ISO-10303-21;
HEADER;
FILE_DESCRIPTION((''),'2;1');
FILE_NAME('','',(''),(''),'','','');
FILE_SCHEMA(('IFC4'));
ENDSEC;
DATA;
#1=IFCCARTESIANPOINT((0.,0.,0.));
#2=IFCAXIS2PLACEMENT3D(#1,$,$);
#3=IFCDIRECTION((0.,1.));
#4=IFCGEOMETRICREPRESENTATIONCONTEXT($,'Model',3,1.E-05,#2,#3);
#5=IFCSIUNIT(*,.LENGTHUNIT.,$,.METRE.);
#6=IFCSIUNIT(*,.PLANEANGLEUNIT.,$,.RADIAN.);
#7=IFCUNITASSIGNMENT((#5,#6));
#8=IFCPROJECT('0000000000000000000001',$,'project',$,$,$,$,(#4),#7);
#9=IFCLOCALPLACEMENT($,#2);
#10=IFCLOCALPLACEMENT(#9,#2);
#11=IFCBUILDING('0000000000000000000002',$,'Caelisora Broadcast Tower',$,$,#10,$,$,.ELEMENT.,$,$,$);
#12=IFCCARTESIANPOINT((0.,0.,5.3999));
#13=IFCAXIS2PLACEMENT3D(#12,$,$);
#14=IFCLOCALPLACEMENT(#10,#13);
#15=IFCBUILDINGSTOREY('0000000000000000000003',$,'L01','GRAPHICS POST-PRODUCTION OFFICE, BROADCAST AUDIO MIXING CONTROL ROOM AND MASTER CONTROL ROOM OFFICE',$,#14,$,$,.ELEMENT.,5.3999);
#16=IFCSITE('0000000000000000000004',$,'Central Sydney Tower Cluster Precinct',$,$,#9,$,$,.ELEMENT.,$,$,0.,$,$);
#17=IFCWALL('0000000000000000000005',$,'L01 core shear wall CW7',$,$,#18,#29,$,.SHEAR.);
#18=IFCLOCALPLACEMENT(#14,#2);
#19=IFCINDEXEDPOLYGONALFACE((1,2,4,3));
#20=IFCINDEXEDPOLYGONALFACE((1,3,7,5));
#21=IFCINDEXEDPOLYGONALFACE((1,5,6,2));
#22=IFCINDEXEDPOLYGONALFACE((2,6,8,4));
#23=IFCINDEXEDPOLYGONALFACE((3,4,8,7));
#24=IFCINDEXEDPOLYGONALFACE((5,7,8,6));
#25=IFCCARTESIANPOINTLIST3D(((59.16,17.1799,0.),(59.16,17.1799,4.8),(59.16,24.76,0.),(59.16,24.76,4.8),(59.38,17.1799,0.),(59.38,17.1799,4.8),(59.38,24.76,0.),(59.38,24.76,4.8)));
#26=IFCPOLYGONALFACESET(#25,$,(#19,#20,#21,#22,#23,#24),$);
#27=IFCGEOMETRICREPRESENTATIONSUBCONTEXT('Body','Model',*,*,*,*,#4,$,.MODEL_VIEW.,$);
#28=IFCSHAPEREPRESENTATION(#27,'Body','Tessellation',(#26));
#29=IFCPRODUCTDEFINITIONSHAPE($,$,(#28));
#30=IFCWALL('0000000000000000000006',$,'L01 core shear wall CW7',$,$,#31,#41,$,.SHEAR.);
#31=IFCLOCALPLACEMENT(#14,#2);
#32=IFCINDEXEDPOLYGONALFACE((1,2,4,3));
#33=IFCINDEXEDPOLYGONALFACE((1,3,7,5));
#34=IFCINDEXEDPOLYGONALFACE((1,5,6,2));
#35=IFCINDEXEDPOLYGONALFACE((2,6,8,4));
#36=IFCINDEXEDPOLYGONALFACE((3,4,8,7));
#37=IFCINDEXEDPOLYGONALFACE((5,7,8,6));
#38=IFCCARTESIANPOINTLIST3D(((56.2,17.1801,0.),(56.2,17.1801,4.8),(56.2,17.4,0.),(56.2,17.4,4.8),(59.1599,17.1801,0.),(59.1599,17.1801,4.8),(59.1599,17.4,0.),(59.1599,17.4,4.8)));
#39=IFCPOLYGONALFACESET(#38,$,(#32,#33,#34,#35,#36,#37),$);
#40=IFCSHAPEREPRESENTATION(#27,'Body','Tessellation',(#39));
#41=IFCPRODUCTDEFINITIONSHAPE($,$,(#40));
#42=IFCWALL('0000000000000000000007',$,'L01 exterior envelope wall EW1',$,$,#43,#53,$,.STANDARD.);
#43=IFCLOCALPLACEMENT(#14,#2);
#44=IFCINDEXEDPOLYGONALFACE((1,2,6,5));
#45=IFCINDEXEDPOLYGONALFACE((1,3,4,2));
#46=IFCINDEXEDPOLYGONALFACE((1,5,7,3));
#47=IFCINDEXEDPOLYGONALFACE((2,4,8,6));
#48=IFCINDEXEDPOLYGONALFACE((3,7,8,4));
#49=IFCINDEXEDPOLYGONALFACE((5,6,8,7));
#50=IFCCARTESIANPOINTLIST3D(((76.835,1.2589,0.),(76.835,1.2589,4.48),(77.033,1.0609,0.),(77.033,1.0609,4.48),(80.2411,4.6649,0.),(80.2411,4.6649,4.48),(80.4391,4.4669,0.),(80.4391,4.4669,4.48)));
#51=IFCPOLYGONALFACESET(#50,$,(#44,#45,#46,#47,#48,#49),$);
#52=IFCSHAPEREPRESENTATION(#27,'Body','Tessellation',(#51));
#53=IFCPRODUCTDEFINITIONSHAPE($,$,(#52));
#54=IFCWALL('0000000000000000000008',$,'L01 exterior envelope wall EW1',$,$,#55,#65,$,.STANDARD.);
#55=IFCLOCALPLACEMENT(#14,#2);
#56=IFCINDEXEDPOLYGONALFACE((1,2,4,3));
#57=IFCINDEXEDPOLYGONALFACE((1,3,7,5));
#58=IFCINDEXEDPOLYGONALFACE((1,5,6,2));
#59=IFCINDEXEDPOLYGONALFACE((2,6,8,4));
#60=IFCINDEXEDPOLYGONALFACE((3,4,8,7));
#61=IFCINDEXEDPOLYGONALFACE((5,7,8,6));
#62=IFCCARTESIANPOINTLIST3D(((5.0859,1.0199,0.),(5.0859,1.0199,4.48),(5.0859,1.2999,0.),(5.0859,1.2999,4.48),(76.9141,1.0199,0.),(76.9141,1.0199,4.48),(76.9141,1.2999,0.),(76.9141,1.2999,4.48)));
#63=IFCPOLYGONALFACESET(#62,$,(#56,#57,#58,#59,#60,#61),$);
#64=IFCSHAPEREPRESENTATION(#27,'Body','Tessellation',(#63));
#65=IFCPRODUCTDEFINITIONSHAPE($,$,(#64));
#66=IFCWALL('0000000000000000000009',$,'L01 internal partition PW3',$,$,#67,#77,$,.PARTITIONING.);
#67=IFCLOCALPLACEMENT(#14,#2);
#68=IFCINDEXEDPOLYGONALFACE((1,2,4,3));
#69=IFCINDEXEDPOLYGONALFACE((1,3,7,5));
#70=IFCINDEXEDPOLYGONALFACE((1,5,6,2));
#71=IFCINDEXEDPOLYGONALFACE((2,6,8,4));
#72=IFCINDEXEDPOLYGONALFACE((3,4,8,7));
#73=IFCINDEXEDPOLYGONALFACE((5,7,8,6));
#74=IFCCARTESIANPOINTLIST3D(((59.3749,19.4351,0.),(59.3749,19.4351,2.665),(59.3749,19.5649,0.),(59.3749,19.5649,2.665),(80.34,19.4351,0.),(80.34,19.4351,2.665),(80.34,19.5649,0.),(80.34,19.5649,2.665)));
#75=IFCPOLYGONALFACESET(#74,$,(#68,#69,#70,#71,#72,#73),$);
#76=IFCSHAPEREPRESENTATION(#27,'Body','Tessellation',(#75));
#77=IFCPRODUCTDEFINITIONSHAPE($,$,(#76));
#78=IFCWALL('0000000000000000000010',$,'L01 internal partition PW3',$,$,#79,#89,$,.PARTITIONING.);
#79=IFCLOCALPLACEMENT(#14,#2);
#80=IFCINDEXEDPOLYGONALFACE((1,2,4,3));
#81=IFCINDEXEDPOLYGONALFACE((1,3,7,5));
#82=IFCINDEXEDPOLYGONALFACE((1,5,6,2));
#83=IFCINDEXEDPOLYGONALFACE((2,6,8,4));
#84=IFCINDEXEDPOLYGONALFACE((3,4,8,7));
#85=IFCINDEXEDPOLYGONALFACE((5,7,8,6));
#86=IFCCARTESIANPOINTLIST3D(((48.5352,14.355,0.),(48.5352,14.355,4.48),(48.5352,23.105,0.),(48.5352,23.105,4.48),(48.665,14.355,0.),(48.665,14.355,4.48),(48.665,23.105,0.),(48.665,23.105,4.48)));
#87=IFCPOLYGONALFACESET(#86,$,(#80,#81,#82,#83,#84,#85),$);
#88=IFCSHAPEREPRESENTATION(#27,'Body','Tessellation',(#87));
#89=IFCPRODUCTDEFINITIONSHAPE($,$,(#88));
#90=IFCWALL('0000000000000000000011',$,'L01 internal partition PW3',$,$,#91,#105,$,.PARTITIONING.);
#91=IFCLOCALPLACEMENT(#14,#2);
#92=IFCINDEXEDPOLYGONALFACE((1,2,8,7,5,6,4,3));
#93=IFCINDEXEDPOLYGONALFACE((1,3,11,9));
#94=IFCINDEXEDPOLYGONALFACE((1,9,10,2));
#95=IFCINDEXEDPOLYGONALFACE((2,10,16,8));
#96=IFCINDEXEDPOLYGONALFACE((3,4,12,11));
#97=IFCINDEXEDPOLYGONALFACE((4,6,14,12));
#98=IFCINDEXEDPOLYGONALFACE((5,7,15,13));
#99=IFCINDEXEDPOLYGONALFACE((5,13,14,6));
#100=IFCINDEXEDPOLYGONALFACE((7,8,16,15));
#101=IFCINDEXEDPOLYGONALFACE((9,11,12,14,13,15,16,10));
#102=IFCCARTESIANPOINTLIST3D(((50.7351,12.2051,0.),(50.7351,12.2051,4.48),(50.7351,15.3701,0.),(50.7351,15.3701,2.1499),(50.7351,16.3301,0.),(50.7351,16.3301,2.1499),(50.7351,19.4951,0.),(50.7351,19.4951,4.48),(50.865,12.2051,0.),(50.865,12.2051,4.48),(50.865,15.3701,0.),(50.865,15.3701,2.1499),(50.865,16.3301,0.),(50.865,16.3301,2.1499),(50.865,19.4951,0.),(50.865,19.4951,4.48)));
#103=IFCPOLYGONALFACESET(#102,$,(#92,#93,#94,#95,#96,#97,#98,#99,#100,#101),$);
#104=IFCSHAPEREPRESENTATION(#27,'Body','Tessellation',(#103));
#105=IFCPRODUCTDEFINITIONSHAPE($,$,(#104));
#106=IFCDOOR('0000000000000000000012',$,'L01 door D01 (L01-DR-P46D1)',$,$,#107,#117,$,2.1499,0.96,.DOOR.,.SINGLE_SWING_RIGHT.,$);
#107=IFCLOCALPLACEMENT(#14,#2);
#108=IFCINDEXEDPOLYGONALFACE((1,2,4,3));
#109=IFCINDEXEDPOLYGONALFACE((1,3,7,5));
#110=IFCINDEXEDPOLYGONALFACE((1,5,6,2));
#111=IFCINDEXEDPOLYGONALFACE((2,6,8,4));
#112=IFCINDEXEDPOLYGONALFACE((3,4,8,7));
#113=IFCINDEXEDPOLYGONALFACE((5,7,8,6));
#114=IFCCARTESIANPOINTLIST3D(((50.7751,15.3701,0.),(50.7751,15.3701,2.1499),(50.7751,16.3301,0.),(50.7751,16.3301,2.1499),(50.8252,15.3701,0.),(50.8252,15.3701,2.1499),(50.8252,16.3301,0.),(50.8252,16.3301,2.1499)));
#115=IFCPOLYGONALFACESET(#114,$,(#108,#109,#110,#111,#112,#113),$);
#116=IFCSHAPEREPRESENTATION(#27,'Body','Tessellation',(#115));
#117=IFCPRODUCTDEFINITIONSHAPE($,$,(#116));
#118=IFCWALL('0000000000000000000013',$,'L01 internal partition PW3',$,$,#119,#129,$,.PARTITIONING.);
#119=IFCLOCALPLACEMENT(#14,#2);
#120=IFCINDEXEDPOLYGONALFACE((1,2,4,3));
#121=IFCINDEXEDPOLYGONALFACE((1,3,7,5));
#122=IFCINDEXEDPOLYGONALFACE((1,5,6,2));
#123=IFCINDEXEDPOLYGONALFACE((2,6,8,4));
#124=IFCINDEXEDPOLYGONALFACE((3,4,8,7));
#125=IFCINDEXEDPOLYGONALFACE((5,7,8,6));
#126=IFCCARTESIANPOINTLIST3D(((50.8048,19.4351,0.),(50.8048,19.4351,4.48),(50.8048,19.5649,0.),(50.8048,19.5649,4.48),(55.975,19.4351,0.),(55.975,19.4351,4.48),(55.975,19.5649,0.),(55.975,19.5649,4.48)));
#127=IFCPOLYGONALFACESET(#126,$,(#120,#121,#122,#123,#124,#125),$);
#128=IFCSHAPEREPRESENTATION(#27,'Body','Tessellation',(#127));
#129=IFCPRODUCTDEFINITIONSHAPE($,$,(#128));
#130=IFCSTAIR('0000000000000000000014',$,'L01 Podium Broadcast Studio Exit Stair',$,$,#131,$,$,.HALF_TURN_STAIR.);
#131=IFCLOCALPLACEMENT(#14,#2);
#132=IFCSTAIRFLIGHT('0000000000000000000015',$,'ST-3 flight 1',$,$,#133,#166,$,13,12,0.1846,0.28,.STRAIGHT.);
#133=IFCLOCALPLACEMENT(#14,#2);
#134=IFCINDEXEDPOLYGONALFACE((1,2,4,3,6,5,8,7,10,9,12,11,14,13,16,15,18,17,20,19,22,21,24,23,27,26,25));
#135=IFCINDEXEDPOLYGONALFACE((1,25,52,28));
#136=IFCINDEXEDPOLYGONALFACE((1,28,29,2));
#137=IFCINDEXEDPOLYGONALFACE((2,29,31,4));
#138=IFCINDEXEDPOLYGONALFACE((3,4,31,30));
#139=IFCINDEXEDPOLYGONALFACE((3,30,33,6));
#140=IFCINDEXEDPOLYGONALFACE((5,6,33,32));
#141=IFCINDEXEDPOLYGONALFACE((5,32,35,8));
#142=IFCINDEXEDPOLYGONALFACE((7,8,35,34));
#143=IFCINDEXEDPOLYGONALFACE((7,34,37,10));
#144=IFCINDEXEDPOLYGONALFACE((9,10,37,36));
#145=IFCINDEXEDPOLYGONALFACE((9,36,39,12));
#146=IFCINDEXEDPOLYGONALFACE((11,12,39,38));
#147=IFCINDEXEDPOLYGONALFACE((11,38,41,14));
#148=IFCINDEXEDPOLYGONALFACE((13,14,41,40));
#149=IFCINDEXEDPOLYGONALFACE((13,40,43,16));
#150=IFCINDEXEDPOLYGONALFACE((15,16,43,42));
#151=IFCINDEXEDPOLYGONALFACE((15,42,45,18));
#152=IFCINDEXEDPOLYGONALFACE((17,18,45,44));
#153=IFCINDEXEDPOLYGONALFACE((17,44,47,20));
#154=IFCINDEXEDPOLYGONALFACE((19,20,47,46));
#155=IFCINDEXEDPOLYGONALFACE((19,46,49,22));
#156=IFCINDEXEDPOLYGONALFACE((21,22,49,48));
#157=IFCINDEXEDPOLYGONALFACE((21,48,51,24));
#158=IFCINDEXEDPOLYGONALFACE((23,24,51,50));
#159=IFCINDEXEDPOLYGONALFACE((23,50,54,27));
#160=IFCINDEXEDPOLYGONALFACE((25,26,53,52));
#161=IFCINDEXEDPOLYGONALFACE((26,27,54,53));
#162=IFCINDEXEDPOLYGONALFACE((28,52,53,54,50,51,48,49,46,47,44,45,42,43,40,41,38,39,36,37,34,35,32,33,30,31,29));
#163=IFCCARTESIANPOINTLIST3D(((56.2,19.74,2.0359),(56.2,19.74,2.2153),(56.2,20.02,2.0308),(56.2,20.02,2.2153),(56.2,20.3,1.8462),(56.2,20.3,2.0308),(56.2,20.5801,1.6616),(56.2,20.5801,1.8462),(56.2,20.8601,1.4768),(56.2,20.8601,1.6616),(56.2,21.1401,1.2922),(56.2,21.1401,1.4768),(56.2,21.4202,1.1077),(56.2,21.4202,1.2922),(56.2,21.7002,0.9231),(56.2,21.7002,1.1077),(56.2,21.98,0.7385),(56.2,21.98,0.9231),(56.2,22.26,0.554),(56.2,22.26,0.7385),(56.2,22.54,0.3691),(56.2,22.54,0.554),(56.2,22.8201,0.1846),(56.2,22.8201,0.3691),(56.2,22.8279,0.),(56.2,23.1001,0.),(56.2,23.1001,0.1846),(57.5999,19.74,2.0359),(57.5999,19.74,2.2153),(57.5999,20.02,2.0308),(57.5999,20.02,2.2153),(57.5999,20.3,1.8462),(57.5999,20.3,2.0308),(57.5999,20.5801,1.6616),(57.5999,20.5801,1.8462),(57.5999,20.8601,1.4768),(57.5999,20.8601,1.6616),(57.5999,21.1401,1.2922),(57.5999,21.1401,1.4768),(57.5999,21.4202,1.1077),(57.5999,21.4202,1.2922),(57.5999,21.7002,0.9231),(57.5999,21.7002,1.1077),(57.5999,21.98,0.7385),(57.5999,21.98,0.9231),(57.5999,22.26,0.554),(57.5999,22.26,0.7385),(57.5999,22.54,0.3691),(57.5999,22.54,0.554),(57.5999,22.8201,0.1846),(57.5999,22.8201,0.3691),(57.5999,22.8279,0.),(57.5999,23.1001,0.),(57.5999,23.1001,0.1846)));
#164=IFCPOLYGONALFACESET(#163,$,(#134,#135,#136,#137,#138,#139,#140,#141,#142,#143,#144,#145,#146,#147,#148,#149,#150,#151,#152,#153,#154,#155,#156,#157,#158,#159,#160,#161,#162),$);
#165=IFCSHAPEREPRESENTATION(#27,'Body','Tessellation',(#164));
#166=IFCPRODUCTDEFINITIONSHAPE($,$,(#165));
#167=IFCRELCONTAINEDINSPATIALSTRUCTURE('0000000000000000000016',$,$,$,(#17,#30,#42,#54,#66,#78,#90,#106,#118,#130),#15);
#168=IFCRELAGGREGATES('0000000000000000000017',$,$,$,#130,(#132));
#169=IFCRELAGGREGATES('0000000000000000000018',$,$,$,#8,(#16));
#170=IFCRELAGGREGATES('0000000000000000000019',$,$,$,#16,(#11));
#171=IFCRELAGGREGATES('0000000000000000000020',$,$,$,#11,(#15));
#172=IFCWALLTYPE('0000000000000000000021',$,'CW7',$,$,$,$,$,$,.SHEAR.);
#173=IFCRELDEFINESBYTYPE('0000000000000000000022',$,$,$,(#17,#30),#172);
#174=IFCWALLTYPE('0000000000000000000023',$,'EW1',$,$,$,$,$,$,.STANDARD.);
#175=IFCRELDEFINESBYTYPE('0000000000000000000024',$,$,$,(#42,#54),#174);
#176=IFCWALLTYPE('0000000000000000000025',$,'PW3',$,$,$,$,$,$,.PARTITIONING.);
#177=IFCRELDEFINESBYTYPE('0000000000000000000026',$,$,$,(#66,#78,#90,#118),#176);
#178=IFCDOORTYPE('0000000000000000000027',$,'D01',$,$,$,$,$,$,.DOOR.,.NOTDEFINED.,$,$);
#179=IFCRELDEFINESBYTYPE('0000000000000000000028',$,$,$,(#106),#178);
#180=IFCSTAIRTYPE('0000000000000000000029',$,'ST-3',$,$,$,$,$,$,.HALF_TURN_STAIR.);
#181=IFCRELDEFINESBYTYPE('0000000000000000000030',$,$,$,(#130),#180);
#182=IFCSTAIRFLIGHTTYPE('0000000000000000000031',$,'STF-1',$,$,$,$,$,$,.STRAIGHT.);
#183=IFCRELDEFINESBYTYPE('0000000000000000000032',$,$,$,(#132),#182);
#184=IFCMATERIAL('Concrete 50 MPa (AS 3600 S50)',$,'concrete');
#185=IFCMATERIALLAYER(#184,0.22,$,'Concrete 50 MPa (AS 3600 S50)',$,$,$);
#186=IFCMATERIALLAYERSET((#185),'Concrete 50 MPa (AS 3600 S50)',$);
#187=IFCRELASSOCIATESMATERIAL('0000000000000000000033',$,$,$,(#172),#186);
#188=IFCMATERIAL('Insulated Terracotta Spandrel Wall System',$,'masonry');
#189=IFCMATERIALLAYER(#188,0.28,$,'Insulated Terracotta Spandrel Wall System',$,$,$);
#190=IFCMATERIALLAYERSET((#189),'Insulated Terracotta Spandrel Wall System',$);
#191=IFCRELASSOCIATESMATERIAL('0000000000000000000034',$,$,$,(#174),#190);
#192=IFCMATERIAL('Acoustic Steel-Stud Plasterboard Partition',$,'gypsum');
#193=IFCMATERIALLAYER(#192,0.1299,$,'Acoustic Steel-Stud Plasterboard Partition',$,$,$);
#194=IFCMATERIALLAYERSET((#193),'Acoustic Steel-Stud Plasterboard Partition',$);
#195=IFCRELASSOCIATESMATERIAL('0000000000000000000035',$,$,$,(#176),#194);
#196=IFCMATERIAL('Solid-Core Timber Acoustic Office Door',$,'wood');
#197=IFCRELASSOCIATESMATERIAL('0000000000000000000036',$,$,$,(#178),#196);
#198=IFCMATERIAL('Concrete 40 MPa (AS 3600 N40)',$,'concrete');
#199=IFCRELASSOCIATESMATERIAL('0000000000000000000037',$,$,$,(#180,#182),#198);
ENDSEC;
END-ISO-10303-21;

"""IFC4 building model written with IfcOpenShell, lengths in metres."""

from ifc_helpers import new_model, si_unit, direction, frame, frame_2d, origin, place, context, subcontext, project, spatial, polyline, rectangle, outline, extrude, material, layer, layer_set, type_object, element, fill, aggregate, save


model = new_model("IFC4")

# Units and contexts
model_context = context("Model", 3, precision=1e-05, world=origin(), true_north=direction((0.0, 1.0)))
body_context = subcontext(model_context, "Body", "Model", "MODEL_VIEW")
ifc_project = project(units=[si_unit("LENGTHUNIT", "METRE"), si_unit("PLANEANGLEUNIT", "RADIAN")], contexts=[model_context])

# Site, building, storey
site_placement = place(None, origin())
site = spatial("IfcSite", under=ifc_project, at=site_placement, Name="Central Sydney Tower Cluster Precinct", CompositionType="ELEMENT", RefElevation=0.0)
building_placement = place(site_placement, origin())
building = spatial("IfcBuilding", under=site, at=building_placement, Name="Caelisora Broadcast Tower", CompositionType="ELEMENT")
storey_placement = place(building_placement, frame((0.0, 0.0, 5.3999)))
storey = spatial("IfcBuildingStorey", under=building, at=storey_placement, Name="L01", Description="GRAPHICS POST-PRODUCTION OFFICE, BROADCAST AUDIO MIXING CONTROL ROOM AND MASTER CONTROL ROOM OFFICE", CompositionType="ELEMENT", Elevation=5.3999)

# Walls
ifc_material_1 = material(Name="Concrete 50 MPa (AS 3600 S50)", Category="concrete")
ifc_layer_1 = layer(ifc_material_1, 0.22, Name="Concrete 50 MPa (AS 3600 S50)")
ifc_layer_set_1 = layer_set([ifc_layer_1], Name="Concrete 50 MPa (AS 3600 S50)")
wall_type_1 = type_object("IfcWallType", Name="CW7", PredefinedType="SHEAR", material=ifc_layer_set_1)
for number, where, z_axis, x_axis, name in (
    (1, (59.27, 17.1799, 0.0), (0.0, 0.0, 1.0), (0.0, 1.0, 0.0), "L01 core shear wall CW7"),
):
    element("IfcWall", number, at=place(storey_placement, frame(where, z_axis=z_axis, x_axis=x_axis)), inside=storey, type_object=wall_type_1, Name=name, PredefinedType="SHEAR", context=body_context, shape_type="SweptSolid", body=[
        extrude(rectangle(XDim=7.5801, YDim=0.22, at=frame_2d((3.79, 0.0))), origin(), (0.0, 0.0, 1.0), 4.8),
    ])
wall_1_placement = place(storey_placement, frame((56.2, 17.29, 0.0), z_axis=(0.0, 0.0, 1.0), x_axis=(1.0, 0.0, 0.0)))
element("IfcWall", 2, at=wall_1_placement, inside=storey, type_object=wall_type_1, Name="L01 core shear wall CW7", PredefinedType="SHEAR", context=body_context, shape_type="SweptSolid", body=[
    extrude(rectangle(XDim=2.96, YDim=0.22, at=frame_2d((1.48, 0.0))), origin(), (0.0, 0.0, 1.0), 4.8),
])
ifc_material_2 = material(Name="Insulated Terracotta Spandrel Wall System", Category="masonry")
ifc_layer_2 = layer(ifc_material_2, 0.28, Name="Insulated Terracotta Spandrel Wall System")
ifc_layer_set_2 = layer_set([ifc_layer_2], Name="Insulated Terracotta Spandrel Wall System")
wall_type_2 = type_object("IfcWallType", Name="EW1", PredefinedType="STANDARD", material=ifc_layer_set_2)
wall_2_placement = place(storey_placement, frame((80.3401, 4.5659, 0.0), z_axis=(0.0, 0.0, 1.0), x_axis=(-0.707107, -0.707107, 0.0)))
element("IfcWall", 3, at=wall_2_placement, inside=storey, type_object=wall_type_2, Name="L01 exterior envelope wall EW1", PredefinedType="STANDARD", context=body_context, shape_type="SweptSolid", body=[
    extrude(rectangle(XDim=4.8169, YDim=0.28, at=frame_2d((2.4084, 0.0))), origin(), (0.0, 0.0, 1.0), 4.48),
])
wall_3_placement = place(storey_placement, frame((76.9141, 1.1599, 0.0), z_axis=(0.0, 0.0, 1.0), x_axis=(-1.0, 0.0, 0.0)))
element("IfcWall", 4, at=wall_3_placement, inside=storey, type_object=wall_type_2, Name="L01 exterior envelope wall EW1", PredefinedType="STANDARD", context=body_context, shape_type="SweptSolid", body=[
    extrude(rectangle(XDim=71.8281, YDim=0.28, at=frame_2d((35.9141, 0.0))), origin(), (0.0, 0.0, 1.0), 4.48),
])
ifc_material_3 = material(Name="Acoustic Steel-Stud Plasterboard Partition", Category="gypsum")
ifc_layer_3 = layer(ifc_material_3, 0.1299, Name="Acoustic Steel-Stud Plasterboard Partition")
ifc_layer_set_3 = layer_set([ifc_layer_3], Name="Acoustic Steel-Stud Plasterboard Partition")
wall_type_3 = type_object("IfcWallType", Name="PW3", PredefinedType="PARTITIONING", material=ifc_layer_set_3)
wall_4_placement = place(storey_placement, frame((59.375, 19.5, 0.0), z_axis=(0.0, 0.0, 1.0), x_axis=(1.0, 0.0, 0.0)))
element("IfcWall", 5, at=wall_4_placement, inside=storey, type_object=wall_type_3, Name="L01 internal partition PW3", PredefinedType="PARTITIONING", context=body_context, shape_type="SweptSolid", body=[
    extrude(rectangle(XDim=20.9651, YDim=0.1299, at=frame_2d((10.4824, 0.0))), origin(), (0.0, 0.0, 1.0), 2.665),
])
wall_5_placement = place(storey_placement, frame((48.6001, 14.355, 0.0), z_axis=(0.0, 0.0, 1.0), x_axis=(0.0, 1.0, 0.0)))
element("IfcWall", 6, at=wall_5_placement, inside=storey, type_object=wall_type_3, Name="L01 internal partition PW3", PredefinedType="PARTITIONING", context=body_context, shape_type="SweptSolid", body=[
    extrude(rectangle(XDim=8.75, YDim=0.1299, at=frame_2d((4.375, 0.0))), origin(), (0.0, 0.0, 1.0), 4.48),
])

# Wall, opening, door
wall_6_placement = place(storey_placement, frame((50.8, 12.2051, 0.0), z_axis=(0.0, 0.0, 1.0), x_axis=(0.0, 1.0, 0.0)))
wall_6 = element("IfcWall", 7, at=wall_6_placement, inside=storey, type_object=wall_type_3, Name="L01 internal partition PW3", PredefinedType="PARTITIONING", context=body_context, shape_type="SweptSolid", body=[
    extrude(rectangle(XDim=7.29, YDim=0.1299, at=frame_2d((3.645, 0.0))), origin(), (0.0, 0.0, 1.0), 4.48),
])
opening_placement = place(wall_6_placement, frame((3.165, 0.0, 0.0)))
opening = element("IfcOpeningElement", 8, at=opening_placement, cuts=wall_6, PredefinedType="OPENING", context=body_context, shape_type="SweptSolid", body=[
    extrude(rectangle(XDim=0.96, YDim=2.1499, at=frame_2d((0.48, 1.075))), frame((0.0, 0.0769, 0.0), z_axis=(0.0, -1.0, 0.0), x_axis=(1.0, 0.0, 0.0)), (0.0, 0.0, 1.0), 0.1538),
])
ifc_material_4 = material(Name="Solid-Core Timber Acoustic Office Door", Category="wood")
door_type = type_object("IfcDoorType", Name="D01", OperationType="NOTDEFINED", PredefinedType="DOOR", material=ifc_material_4)
door_placement = place(opening_placement, origin())
door = element("IfcDoor", 9, at=door_placement, inside=storey, type_object=door_type, Name="L01 door D01 (L01-DR-P46D1)", OperationType="SINGLE_SWING_RIGHT", OverallHeight=2.1499, OverallWidth=0.96, PredefinedType="DOOR", context=body_context, shape_type="SweptSolid", body=[
    extrude(rectangle(XDim=0.96, YDim=2.1499, at=frame_2d((0.48, 1.075))), frame((0.0, 0.0249, 0.0), z_axis=(0.0, -1.0, 0.0), x_axis=(1.0, 0.0, 0.0)), (0.0, 0.0, 1.0), 0.05),
])
fill(opening, door)

# Wall
wall_7_placement = place(storey_placement, frame((50.8049, 19.5, 0.0), z_axis=(0.0, 0.0, 1.0), x_axis=(1.0, 0.0, 0.0)))
element("IfcWall", 10, at=wall_7_placement, inside=storey, type_object=wall_type_3, Name="L01 internal partition PW3", PredefinedType="PARTITIONING", context=body_context, shape_type="SweptSolid", body=[
    extrude(rectangle(XDim=5.1702, YDim=0.1299, at=frame_2d((2.585, 0.0))), origin(), (0.0, 0.0, 1.0), 4.48),
])

# Stair, stair flight
ifc_material_5 = material(Name="Concrete 40 MPa (AS 3600 N40)", Category="concrete")
stair_type = type_object("IfcStairType", Name="ST-3", PredefinedType="HALF_TURN_STAIR", material=ifc_material_5)
stair_placement = place(storey_placement, origin())
stair = element("IfcStair", 11, at=stair_placement, inside=storey, type_object=stair_type, Name="L01 Podium Broadcast Studio Exit Stair", PredefinedType="HALF_TURN_STAIR")
stair_flight_type = type_object("IfcStairFlightType", Name="STF-1", PredefinedType="STRAIGHT", material=ifc_material_5)
stair_flight_1_placement = place(storey_placement, frame((56.8999, 23.1001, 0.0), z_axis=(0.0, 0.0, 1.0), x_axis=(0.0, -1.0, 0.0)))
stair_flight_1 = element("IfcStairFlight", 12, at=stair_flight_1_placement, type_object=stair_flight_type, Name="ST-3 flight 1", NumberOfRisers=13, NumberOfTreads=12, PredefinedType="STRAIGHT", RiserHeight=0.1846, TreadLength=0.28, context=body_context, shape_type="SweptSolid", body=[
    extrude(outline(polyline([(0.0, 0.0), (0.0, 0.1846), (0.28, 0.1846), (0.28, 0.3691), (0.5601, 0.3691), (0.5601, 0.554), (0.8401, 0.554), (0.8401, 0.7385), (1.1201, 0.7385), (1.1201, 0.9231), (1.3999, 0.9231), (1.3999, 1.1077), (1.6799, 1.1077), (1.6799, 1.2922), (1.96, 1.2922), (1.96, 1.4768), (2.24, 1.4768), (2.24, 1.6616), (2.52, 1.6616), (2.52, 1.8462), (2.8, 1.8462), (2.8, 2.0308), (3.0801, 2.0308), (3.0801, 2.2153), (3.3601, 2.2153), (3.3601, 2.3999), (3.3601, 2.0359), (0.2722, 0.0), (0.0, 0.0)])), frame((0.0, 0.7, 0.0), z_axis=(0.0, -1.0, 0.0), x_axis=(1.0, 0.0, 0.0)), (0.0, 0.0, 1.0), 1.3999),
])
aggregate(stair, [stair_flight_1])

save(model, "model.ifc")
